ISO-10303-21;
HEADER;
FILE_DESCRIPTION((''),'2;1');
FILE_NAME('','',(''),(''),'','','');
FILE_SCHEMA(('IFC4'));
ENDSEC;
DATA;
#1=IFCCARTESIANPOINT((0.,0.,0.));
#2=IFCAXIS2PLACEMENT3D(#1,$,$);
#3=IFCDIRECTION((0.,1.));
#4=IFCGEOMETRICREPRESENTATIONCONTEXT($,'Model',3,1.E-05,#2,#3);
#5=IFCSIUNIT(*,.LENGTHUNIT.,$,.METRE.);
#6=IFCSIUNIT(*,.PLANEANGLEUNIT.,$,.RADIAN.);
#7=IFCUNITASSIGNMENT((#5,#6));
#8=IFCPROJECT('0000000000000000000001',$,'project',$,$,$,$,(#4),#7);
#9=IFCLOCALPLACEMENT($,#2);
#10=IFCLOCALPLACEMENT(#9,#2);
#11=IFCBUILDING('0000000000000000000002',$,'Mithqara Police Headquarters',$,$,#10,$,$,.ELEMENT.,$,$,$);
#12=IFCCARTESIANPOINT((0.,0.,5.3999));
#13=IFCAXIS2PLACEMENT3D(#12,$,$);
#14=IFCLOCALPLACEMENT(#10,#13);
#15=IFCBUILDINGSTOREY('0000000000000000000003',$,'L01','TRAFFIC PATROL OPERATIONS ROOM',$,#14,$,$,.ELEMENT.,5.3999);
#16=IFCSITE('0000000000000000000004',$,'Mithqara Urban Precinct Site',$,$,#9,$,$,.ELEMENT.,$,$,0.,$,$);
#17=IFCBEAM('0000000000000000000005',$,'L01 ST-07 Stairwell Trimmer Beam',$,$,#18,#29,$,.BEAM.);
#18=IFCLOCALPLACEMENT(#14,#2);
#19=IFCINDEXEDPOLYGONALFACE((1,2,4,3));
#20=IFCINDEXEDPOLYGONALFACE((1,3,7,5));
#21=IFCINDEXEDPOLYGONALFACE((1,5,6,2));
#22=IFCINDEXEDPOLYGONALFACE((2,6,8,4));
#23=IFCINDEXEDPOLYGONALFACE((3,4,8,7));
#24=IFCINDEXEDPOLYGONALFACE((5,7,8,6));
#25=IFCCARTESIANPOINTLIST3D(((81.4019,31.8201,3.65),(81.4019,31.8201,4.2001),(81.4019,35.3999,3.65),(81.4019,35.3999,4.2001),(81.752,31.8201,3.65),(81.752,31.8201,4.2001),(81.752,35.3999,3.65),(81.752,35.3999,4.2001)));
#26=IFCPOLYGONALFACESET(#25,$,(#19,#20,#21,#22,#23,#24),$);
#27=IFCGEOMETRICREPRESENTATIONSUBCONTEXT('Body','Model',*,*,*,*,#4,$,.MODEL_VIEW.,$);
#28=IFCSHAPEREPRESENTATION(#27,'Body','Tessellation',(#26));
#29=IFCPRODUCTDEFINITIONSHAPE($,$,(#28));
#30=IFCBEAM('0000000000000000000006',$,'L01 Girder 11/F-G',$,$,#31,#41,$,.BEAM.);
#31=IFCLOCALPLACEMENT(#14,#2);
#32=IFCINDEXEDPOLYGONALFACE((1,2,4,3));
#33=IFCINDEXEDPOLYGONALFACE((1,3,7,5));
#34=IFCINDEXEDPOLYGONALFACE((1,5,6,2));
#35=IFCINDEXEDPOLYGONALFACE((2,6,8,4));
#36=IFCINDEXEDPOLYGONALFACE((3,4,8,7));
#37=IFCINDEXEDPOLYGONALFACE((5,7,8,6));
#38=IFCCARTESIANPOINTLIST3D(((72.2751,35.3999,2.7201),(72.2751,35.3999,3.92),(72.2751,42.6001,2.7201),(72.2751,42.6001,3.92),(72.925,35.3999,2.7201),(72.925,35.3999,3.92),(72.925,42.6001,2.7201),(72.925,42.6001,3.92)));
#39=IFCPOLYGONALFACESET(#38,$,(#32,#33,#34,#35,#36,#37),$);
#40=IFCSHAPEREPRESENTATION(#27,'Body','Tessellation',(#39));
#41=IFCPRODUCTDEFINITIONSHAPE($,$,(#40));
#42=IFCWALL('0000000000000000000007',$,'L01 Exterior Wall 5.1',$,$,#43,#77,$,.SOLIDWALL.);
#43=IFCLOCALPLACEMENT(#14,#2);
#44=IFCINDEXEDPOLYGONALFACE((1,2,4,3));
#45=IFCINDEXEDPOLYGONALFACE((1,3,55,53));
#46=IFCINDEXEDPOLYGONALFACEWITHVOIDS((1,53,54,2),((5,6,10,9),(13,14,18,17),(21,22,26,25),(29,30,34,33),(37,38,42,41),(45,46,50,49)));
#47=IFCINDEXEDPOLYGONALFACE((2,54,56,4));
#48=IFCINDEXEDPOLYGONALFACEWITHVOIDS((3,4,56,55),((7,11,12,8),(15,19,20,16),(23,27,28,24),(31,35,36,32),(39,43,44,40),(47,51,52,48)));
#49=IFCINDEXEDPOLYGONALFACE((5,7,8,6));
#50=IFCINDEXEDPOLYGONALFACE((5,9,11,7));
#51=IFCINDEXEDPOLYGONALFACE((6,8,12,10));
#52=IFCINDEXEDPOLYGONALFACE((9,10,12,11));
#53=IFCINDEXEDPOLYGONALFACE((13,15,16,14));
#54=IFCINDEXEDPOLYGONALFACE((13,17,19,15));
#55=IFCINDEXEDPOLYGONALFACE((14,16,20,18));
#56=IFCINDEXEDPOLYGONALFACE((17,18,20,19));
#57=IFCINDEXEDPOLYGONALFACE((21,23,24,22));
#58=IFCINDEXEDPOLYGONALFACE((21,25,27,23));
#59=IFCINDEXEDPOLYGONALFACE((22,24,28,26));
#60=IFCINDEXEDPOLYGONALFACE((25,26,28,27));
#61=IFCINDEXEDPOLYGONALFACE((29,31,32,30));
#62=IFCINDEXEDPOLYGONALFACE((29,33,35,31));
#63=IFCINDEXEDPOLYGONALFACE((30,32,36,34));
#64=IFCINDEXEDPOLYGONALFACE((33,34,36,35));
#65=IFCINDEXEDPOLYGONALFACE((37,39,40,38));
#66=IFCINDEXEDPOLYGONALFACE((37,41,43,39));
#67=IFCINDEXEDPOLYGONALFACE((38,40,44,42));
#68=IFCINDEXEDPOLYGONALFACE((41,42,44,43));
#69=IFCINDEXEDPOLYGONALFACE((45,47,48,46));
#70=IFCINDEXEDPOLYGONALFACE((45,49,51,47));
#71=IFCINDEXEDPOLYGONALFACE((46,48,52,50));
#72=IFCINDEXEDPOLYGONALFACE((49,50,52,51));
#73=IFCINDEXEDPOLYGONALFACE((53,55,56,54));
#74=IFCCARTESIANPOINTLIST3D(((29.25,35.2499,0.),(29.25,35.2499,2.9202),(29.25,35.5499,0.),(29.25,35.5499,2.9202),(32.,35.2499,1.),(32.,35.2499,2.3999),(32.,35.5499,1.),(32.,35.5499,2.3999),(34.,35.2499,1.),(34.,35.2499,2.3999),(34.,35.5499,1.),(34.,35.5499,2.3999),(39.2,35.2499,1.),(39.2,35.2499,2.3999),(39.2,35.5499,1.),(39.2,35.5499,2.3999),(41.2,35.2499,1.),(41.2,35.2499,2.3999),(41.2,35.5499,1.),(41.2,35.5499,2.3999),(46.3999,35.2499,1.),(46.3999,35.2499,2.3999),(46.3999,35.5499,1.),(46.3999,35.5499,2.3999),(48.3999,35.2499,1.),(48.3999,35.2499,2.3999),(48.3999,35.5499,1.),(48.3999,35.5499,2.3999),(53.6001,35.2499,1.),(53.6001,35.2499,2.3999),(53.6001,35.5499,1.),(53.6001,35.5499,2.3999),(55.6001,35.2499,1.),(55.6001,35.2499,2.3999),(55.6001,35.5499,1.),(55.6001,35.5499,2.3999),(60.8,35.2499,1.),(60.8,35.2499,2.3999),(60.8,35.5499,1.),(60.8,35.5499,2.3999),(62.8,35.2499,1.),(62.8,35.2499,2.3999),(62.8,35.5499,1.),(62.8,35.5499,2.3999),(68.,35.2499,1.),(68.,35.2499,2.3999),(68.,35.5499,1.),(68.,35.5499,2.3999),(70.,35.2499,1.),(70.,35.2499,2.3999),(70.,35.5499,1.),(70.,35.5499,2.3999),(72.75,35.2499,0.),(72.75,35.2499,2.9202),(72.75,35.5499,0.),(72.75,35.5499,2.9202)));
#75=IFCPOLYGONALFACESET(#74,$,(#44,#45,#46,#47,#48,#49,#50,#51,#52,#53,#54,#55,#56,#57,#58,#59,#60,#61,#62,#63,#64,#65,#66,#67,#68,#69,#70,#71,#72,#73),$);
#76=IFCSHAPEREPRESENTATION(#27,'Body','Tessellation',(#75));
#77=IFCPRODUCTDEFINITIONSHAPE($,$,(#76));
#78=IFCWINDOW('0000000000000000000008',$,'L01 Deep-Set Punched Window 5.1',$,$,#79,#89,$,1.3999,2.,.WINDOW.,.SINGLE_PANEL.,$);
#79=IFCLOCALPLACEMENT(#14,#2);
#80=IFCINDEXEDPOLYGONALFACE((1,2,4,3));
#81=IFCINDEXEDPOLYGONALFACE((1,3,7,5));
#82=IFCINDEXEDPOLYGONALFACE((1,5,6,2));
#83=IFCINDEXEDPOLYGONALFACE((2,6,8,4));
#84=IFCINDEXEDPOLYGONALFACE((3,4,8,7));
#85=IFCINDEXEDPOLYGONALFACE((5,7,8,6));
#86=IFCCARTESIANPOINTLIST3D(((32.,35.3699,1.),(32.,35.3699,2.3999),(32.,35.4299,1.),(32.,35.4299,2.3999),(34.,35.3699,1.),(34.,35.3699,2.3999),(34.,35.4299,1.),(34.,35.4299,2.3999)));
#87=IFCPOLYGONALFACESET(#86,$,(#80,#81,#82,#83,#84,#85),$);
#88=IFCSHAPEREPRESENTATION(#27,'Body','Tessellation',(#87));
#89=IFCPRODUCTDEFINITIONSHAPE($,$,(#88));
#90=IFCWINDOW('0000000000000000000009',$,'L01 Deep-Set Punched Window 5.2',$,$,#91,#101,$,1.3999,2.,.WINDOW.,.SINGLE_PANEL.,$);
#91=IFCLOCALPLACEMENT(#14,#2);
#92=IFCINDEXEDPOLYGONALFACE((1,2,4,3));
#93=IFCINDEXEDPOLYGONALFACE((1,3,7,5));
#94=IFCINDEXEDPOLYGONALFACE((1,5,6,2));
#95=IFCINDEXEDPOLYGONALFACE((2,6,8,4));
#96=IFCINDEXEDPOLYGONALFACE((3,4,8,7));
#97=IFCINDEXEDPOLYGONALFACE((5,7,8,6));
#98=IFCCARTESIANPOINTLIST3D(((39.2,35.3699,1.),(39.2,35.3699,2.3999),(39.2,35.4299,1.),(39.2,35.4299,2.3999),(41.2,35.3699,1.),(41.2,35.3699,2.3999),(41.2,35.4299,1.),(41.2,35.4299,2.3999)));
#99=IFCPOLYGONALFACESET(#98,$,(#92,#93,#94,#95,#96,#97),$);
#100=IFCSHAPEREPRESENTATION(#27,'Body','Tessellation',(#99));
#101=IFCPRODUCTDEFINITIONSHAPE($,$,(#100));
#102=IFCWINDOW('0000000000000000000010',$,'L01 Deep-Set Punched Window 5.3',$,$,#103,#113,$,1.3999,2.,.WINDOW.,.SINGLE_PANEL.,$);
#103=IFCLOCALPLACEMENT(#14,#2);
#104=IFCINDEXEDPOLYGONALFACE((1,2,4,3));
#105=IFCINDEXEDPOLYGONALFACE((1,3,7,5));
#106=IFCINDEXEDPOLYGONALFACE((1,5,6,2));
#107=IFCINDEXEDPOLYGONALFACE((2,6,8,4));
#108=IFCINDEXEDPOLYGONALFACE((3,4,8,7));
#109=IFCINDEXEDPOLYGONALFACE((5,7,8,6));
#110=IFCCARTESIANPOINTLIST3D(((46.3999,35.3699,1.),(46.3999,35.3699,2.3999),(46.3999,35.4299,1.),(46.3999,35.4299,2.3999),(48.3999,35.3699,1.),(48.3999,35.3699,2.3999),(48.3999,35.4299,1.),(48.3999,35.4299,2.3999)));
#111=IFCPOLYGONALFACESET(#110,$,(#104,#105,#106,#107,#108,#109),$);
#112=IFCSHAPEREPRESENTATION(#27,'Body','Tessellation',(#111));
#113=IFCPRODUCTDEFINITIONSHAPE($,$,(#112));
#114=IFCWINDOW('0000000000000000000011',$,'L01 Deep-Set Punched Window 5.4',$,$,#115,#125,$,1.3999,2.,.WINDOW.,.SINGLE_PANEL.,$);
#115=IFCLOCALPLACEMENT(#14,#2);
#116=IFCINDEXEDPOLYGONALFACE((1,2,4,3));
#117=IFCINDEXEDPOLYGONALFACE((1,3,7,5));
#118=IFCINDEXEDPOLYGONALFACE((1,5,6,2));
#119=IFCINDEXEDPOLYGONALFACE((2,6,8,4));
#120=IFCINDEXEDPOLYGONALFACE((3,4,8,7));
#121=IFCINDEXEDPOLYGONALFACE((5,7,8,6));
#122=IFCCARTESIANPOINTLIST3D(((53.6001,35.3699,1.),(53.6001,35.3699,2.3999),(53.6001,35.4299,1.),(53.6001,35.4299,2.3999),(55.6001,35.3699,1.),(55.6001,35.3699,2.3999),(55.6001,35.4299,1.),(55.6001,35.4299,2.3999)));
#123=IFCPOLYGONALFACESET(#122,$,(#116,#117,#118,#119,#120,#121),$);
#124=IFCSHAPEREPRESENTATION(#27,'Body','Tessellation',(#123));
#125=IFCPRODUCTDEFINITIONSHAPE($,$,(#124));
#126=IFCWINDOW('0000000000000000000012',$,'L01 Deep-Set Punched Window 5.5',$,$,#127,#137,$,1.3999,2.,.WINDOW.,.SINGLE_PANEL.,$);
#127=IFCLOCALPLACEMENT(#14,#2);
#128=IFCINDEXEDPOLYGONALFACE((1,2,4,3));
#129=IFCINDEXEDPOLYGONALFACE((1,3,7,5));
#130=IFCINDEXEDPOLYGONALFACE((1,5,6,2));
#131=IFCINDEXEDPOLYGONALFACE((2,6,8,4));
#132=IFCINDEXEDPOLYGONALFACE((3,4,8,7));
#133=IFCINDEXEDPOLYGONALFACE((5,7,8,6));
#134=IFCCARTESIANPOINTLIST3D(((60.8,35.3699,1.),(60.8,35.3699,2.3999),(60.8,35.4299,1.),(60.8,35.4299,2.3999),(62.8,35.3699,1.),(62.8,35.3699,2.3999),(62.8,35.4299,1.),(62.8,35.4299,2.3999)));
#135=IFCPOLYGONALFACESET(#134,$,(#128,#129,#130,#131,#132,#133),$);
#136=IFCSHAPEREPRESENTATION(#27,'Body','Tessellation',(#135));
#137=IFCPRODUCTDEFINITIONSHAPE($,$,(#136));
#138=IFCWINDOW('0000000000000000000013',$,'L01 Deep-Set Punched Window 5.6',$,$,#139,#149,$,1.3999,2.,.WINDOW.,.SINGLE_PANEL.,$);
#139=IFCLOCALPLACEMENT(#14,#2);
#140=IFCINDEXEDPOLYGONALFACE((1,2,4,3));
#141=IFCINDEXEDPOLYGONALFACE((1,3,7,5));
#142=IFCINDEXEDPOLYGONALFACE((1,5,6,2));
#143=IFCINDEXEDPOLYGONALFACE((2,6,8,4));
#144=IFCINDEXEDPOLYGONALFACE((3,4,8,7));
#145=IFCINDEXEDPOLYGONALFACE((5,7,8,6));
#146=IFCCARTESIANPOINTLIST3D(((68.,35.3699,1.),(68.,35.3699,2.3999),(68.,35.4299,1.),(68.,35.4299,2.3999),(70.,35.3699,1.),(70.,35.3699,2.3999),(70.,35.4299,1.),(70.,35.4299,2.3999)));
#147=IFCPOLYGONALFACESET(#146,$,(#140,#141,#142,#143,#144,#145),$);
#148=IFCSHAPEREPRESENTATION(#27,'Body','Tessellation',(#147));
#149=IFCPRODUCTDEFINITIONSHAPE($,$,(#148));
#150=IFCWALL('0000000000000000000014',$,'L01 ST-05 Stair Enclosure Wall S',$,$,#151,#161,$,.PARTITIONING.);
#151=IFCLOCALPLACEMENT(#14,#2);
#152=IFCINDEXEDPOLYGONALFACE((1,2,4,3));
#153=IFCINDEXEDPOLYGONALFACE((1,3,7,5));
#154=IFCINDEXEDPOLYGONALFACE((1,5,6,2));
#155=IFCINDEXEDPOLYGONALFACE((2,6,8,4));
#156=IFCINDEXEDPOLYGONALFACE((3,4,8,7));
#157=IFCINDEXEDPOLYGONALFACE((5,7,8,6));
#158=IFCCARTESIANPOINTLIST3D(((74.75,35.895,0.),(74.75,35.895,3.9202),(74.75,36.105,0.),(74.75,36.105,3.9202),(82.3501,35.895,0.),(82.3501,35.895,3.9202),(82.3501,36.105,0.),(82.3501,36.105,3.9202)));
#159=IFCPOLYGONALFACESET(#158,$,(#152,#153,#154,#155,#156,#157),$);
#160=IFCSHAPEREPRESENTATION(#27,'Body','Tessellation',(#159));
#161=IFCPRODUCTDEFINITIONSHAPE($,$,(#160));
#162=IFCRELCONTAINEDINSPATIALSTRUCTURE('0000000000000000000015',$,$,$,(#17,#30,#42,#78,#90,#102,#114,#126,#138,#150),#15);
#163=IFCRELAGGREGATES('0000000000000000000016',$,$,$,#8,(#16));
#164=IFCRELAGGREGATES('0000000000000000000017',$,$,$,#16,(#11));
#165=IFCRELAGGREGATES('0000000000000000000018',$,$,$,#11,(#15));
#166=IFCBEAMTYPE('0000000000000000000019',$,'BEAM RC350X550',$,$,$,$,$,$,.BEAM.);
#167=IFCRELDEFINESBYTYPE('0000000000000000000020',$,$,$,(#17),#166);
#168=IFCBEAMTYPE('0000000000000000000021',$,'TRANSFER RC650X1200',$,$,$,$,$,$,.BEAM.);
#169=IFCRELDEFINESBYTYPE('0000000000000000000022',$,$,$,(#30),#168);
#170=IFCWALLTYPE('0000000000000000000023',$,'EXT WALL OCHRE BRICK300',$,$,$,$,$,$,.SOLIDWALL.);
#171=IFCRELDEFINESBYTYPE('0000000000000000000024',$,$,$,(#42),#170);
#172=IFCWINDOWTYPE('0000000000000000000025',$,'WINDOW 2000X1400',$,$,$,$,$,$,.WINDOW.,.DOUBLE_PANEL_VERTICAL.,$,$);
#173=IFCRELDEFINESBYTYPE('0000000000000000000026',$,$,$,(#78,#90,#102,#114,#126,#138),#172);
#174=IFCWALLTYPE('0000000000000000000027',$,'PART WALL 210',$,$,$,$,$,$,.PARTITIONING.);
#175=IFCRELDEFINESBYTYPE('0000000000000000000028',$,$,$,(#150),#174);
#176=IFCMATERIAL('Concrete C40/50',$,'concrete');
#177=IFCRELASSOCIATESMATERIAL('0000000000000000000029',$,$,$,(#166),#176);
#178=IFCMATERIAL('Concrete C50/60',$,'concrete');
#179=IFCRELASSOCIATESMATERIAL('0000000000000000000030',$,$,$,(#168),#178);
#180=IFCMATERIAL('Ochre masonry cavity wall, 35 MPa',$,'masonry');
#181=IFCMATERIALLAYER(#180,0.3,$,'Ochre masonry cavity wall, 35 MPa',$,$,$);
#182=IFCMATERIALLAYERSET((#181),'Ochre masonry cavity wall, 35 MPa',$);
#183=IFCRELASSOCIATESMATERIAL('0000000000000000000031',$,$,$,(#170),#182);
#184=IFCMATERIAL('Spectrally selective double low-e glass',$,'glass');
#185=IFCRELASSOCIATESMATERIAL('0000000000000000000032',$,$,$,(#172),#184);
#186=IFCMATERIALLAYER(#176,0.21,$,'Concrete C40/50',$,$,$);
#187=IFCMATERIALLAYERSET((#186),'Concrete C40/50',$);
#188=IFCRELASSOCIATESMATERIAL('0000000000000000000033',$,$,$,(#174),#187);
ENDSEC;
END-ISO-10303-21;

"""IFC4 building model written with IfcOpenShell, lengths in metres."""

from ifc_helpers import new_model, si_unit, direction, frame, frame_2d, origin, origin_2d, place, context, subcontext, project, spatial, rectangle, extrude, material, layer, layer_set, material_profile, profile_set, type_object, element, fill, save


model = new_model("IFC4")

# Units and contexts
model_context = context("Model", 3, precision=1e-05, world=origin(), true_north=direction((0.0, 1.0)))
body_context = subcontext(model_context, "Body", "Model", "MODEL_VIEW")
ifc_project = project(units=[si_unit("LENGTHUNIT", "METRE"), si_unit("PLANEANGLEUNIT", "RADIAN")], contexts=[model_context])

# Site, building, storey
site_placement = place(None, origin())
site = spatial("IfcSite", under=ifc_project, at=site_placement, Name="Mithqara Urban Precinct Site", CompositionType="ELEMENT", RefElevation=0.0)
building_placement = place(site_placement, origin())
building = spatial("IfcBuilding", under=site, at=building_placement, Name="Mithqara Police Headquarters", CompositionType="ELEMENT")
storey_placement = place(building_placement, frame((0.0, 0.0, 5.3999)))
storey = spatial("IfcBuildingStorey", under=building, at=storey_placement, Name="L01", Description="TRAFFIC PATROL OPERATIONS ROOM", CompositionType="ELEMENT", Elevation=5.3999)

# Beams
ifc_material_1 = material(Name="Concrete C40/50", Category="concrete")
ifc_material_profile_1 = material_profile(ifc_material_1, rectangle(XDim=0.3501, YDim=0.55, at=origin_2d()), Name="RC 350x550")
ifc_profile_set_1 = profile_set([ifc_material_profile_1], Name="Concrete C40/50")
beam_type_1 = type_object("IfcBeamType", Name="BEAM RC350X550", PredefinedType="BEAM", material=ifc_profile_set_1)
beam_1_placement = place(storey_placement, frame((81.5769, 31.8201, 3.925), z_axis=(0.0, 1.0, 0.0), x_axis=(-1.0, 0.0, 0.0)))
element("IfcBeam", 1, at=beam_1_placement, inside=storey, type_object=beam_type_1, Name="L01 ST-07 Stairwell Trimmer Beam", PredefinedType="BEAM", context=body_context, shape_type="SweptSolid", body=[
    extrude(rectangle(XDim=0.3501, YDim=0.55, at=origin_2d()), origin(), (0.0, 0.0, 1.0), 3.5798),
])
ifc_material_2 = material(Name="Concrete C50/60", Category="concrete")
ifc_material_profile_2 = material_profile(ifc_material_2, rectangle(XDim=0.6499, YDim=1.2, at=origin_2d()), Name="RC 650x1200")
ifc_profile_set_2 = profile_set([ifc_material_profile_2], Name="Concrete C50/60")
beam_type_2 = type_object("IfcBeamType", Name="TRANSFER RC650X1200", PredefinedType="BEAM", material=ifc_profile_set_2)
beam_2_placement = place(storey_placement, frame((72.6001, 35.3999, 3.3201), z_axis=(0.0, 1.0, 0.0), x_axis=(-1.0, 0.0, 0.0)))
element("IfcBeam", 2, at=beam_2_placement, inside=storey, type_object=beam_type_2, Name="L01 Girder 11/F-G", PredefinedType="BEAM", context=body_context, shape_type="SweptSolid", body=[
    extrude(rectangle(XDim=0.6499, YDim=1.2, at=origin_2d()), origin(), (0.0, 0.0, 1.0), 7.2002),
])

# Wall, openings, windows
ifc_material_3 = material(Name="Ochre masonry cavity wall, 35 MPa", Category="masonry")
ifc_layer_1 = layer(ifc_material_3, 0.3, Name="Ochre masonry cavity wall, 35 MPa")
ifc_layer_set_1 = layer_set([ifc_layer_1], Name="Ochre masonry cavity wall, 35 MPa")
wall_type_1 = type_object("IfcWallType", Name="EXT WALL OCHRE BRICK300", PredefinedType="SOLIDWALL", material=ifc_layer_set_1)
wall_1_placement = place(storey_placement, frame((72.75, 35.3999, 0.0), z_axis=(0.0, 0.0, 1.0), x_axis=(-1.0, 0.0, 0.0)))
wall_1 = element("IfcWall", 3, at=wall_1_placement, inside=storey, type_object=wall_type_1, Name="L01 Exterior Wall 5.1", PredefinedType="SOLIDWALL", context=body_context, shape_type="SweptSolid", body=[
    extrude(rectangle(XDim=43.5, YDim=0.3, at=frame_2d((21.75, 0.0))), origin(), (0.0, 0.0, 1.0), 2.9202),
])
opening_1_placement = place(wall_1_placement, frame((38.75, 0.0, 1.0)))
opening_1 = element("IfcOpeningElement", 4, at=opening_1_placement, cuts=wall_1, PredefinedType="OPENING", context=body_context, shape_type="SweptSolid", body=[
    extrude(rectangle(XDim=2.0, YDim=1.3999, at=frame_2d((1.0, 0.7))), frame((0.0, 0.1602, 0.0), z_axis=(0.0, -1.0, 0.0), x_axis=(1.0, 0.0, 0.0)), (0.0, 0.0, 1.0), 0.3201),
])
opening_2_placement = place(wall_1_placement, frame((31.55, 0.0, 1.0)))
opening_2 = element("IfcOpeningElement", 5, at=opening_2_placement, cuts=wall_1, PredefinedType="OPENING", context=body_context, shape_type="SweptSolid", body=[
    extrude(rectangle(XDim=2.0, YDim=1.3999, at=frame_2d((1.0, 0.7))), frame((0.0, 0.1602, 0.0), z_axis=(0.0, -1.0, 0.0), x_axis=(1.0, 0.0, 0.0)), (0.0, 0.0, 1.0), 0.3201),
])
opening_3_placement = place(wall_1_placement, frame((24.3501, 0.0, 1.0)))
opening_3 = element("IfcOpeningElement", 6, at=opening_3_placement, cuts=wall_1, PredefinedType="OPENING", context=body_context, shape_type="SweptSolid", body=[
    extrude(rectangle(XDim=2.0, YDim=1.3999, at=frame_2d((1.0, 0.7))), frame((0.0, 0.1602, 0.0), z_axis=(0.0, -1.0, 0.0), x_axis=(1.0, 0.0, 0.0)), (0.0, 0.0, 1.0), 0.3201),
])
opening_4_placement = place(wall_1_placement, frame((17.1499, 0.0, 1.0)))
opening_4 = element("IfcOpeningElement", 7, at=opening_4_placement, cuts=wall_1, PredefinedType="OPENING", context=body_context, shape_type="SweptSolid", body=[
    extrude(rectangle(XDim=2.0, YDim=1.3999, at=frame_2d((1.0, 0.7))), frame((0.0, 0.1602, 0.0), z_axis=(0.0, -1.0, 0.0), x_axis=(1.0, 0.0, 0.0)), (0.0, 0.0, 1.0), 0.3201),
])
opening_5_placement = place(wall_1_placement, frame((9.95, 0.0, 1.0)))
opening_5 = element("IfcOpeningElement", 8, at=opening_5_placement, cuts=wall_1, PredefinedType="OPENING", context=body_context, shape_type="SweptSolid", body=[
    extrude(rectangle(XDim=2.0, YDim=1.3999, at=frame_2d((1.0, 0.7))), frame((0.0, 0.1602, 0.0), z_axis=(0.0, -1.0, 0.0), x_axis=(1.0, 0.0, 0.0)), (0.0, 0.0, 1.0), 0.3201),
])
opening_6_placement = place(wall_1_placement, frame((2.75, 0.0, 1.0)))
opening_6 = element("IfcOpeningElement", 9, at=opening_6_placement, cuts=wall_1, PredefinedType="OPENING", context=body_context, shape_type="SweptSolid", body=[
    extrude(rectangle(XDim=2.0, YDim=1.3999, at=frame_2d((1.0, 0.7))), frame((0.0, 0.1602, 0.0), z_axis=(0.0, -1.0, 0.0), x_axis=(1.0, 0.0, 0.0)), (0.0, 0.0, 1.0), 0.3201),
])
ifc_material_4 = material(Name="Spectrally selective double low-e glass", Category="glass")
window_type = type_object("IfcWindowType", Name="WINDOW 2000X1400", PartitioningType="DOUBLE_PANEL_VERTICAL", PredefinedType="WINDOW", material=ifc_material_4)
window_1_placement = place(opening_1_placement, origin())
window_1 = element("IfcWindow", 10, at=window_1_placement, inside=storey, type_object=window_type, Name="L01 Deep-Set Punched Window 5.1", OverallHeight=1.3999, OverallWidth=2.0, PartitioningType="SINGLE_PANEL", PredefinedType="WINDOW", context=body_context, shape_type="SweptSolid", body=[
    extrude(rectangle(XDim=2.0, YDim=1.3999, at=frame_2d((1.0, 0.7))), frame((0.0, 0.03, 0.0), z_axis=(0.0, -1.0, 0.0), x_axis=(1.0, 0.0, 0.0)), (0.0, 0.0, 1.0), 0.0601),
])
fill(opening_1, window_1)
window_2_placement = place(opening_2_placement, origin())
window_2 = element("IfcWindow", 11, at=window_2_placement, inside=storey, type_object=window_type, Name="L01 Deep-Set Punched Window 5.2", OverallHeight=1.3999, OverallWidth=2.0, PartitioningType="SINGLE_PANEL", PredefinedType="WINDOW", context=body_context, shape_type="SweptSolid", body=[
    extrude(rectangle(XDim=2.0, YDim=1.3999, at=frame_2d((1.0, 0.7))), frame((0.0, 0.03, 0.0), z_axis=(0.0, -1.0, 0.0), x_axis=(1.0, 0.0, 0.0)), (0.0, 0.0, 1.0), 0.0601),
])
fill(opening_2, window_2)
window_3_placement = place(opening_3_placement, origin())
window_3 = element("IfcWindow", 12, at=window_3_placement, inside=storey, type_object=window_type, Name="L01 Deep-Set Punched Window 5.3", OverallHeight=1.3999, OverallWidth=2.0, PartitioningType="SINGLE_PANEL", PredefinedType="WINDOW", context=body_context, shape_type="SweptSolid", body=[
    extrude(rectangle(XDim=2.0, YDim=1.3999, at=frame_2d((1.0, 0.7))), frame((0.0, 0.03, 0.0), z_axis=(0.0, -1.0, 0.0), x_axis=(1.0, 0.0, 0.0)), (0.0, 0.0, 1.0), 0.0601),
])
fill(opening_3, window_3)
window_4_placement = place(opening_4_placement, origin())
window_4 = element("IfcWindow", 13, at=window_4_placement, inside=storey, type_object=window_type, Name="L01 Deep-Set Punched Window 5.4", OverallHeight=1.3999, OverallWidth=2.0, PartitioningType="SINGLE_PANEL", PredefinedType="WINDOW", context=body_context, shape_type="SweptSolid", body=[
    extrude(rectangle(XDim=2.0, YDim=1.3999, at=frame_2d((1.0, 0.7))), frame((0.0, 0.03, 0.0), z_axis=(0.0, -1.0, 0.0), x_axis=(1.0, 0.0, 0.0)), (0.0, 0.0, 1.0), 0.0601),
])
fill(opening_4, window_4)
window_5_placement = place(opening_5_placement, origin())
window_5 = element("IfcWindow", 14, at=window_5_placement, inside=storey, type_object=window_type, Name="L01 Deep-Set Punched Window 5.5", OverallHeight=1.3999, OverallWidth=2.0, PartitioningType="SINGLE_PANEL", PredefinedType="WINDOW", context=body_context, shape_type="SweptSolid", body=[
    extrude(rectangle(XDim=2.0, YDim=1.3999, at=frame_2d((1.0, 0.7))), frame((0.0, 0.03, 0.0), z_axis=(0.0, -1.0, 0.0), x_axis=(1.0, 0.0, 0.0)), (0.0, 0.0, 1.0), 0.0601),
])
fill(opening_5, window_5)
window_6_placement = place(opening_6_placement, origin())
window_6 = element("IfcWindow", 15, at=window_6_placement, inside=storey, type_object=window_type, Name="L01 Deep-Set Punched Window 5.6", OverallHeight=1.3999, OverallWidth=2.0, PartitioningType="SINGLE_PANEL", PredefinedType="WINDOW", context=body_context, shape_type="SweptSolid", body=[
    extrude(rectangle(XDim=2.0, YDim=1.3999, at=frame_2d((1.0, 0.7))), frame((0.0, 0.03, 0.0), z_axis=(0.0, -1.0, 0.0), x_axis=(1.0, 0.0, 0.0)), (0.0, 0.0, 1.0), 0.0601),
])
fill(opening_6, window_6)

# Wall
ifc_layer_2 = layer(ifc_material_1, 0.21, Name="Concrete C40/50")
ifc_layer_set_2 = layer_set([ifc_layer_2], Name="Concrete C40/50")
wall_type_2 = type_object("IfcWallType", Name="PART WALL 210", PredefinedType="PARTITIONING", material=ifc_layer_set_2)
wall_2_placement = place(storey_placement, frame((74.75, 36.0, 0.0), z_axis=(0.0, 0.0, 1.0), x_axis=(1.0, 0.0, 0.0)))
element("IfcWall", 16, at=wall_2_placement, inside=storey, type_object=wall_type_2, Name="L01 ST-05 Stair Enclosure Wall S", PredefinedType="PARTITIONING", context=body_context, shape_type="SweptSolid", body=[
    extrude(rectangle(XDim=7.6001, YDim=0.21, at=frame_2d((3.8, 0.0))), origin(), (0.0, 0.0, 1.0), 3.9202),
])

save(model, "model.ifc")
